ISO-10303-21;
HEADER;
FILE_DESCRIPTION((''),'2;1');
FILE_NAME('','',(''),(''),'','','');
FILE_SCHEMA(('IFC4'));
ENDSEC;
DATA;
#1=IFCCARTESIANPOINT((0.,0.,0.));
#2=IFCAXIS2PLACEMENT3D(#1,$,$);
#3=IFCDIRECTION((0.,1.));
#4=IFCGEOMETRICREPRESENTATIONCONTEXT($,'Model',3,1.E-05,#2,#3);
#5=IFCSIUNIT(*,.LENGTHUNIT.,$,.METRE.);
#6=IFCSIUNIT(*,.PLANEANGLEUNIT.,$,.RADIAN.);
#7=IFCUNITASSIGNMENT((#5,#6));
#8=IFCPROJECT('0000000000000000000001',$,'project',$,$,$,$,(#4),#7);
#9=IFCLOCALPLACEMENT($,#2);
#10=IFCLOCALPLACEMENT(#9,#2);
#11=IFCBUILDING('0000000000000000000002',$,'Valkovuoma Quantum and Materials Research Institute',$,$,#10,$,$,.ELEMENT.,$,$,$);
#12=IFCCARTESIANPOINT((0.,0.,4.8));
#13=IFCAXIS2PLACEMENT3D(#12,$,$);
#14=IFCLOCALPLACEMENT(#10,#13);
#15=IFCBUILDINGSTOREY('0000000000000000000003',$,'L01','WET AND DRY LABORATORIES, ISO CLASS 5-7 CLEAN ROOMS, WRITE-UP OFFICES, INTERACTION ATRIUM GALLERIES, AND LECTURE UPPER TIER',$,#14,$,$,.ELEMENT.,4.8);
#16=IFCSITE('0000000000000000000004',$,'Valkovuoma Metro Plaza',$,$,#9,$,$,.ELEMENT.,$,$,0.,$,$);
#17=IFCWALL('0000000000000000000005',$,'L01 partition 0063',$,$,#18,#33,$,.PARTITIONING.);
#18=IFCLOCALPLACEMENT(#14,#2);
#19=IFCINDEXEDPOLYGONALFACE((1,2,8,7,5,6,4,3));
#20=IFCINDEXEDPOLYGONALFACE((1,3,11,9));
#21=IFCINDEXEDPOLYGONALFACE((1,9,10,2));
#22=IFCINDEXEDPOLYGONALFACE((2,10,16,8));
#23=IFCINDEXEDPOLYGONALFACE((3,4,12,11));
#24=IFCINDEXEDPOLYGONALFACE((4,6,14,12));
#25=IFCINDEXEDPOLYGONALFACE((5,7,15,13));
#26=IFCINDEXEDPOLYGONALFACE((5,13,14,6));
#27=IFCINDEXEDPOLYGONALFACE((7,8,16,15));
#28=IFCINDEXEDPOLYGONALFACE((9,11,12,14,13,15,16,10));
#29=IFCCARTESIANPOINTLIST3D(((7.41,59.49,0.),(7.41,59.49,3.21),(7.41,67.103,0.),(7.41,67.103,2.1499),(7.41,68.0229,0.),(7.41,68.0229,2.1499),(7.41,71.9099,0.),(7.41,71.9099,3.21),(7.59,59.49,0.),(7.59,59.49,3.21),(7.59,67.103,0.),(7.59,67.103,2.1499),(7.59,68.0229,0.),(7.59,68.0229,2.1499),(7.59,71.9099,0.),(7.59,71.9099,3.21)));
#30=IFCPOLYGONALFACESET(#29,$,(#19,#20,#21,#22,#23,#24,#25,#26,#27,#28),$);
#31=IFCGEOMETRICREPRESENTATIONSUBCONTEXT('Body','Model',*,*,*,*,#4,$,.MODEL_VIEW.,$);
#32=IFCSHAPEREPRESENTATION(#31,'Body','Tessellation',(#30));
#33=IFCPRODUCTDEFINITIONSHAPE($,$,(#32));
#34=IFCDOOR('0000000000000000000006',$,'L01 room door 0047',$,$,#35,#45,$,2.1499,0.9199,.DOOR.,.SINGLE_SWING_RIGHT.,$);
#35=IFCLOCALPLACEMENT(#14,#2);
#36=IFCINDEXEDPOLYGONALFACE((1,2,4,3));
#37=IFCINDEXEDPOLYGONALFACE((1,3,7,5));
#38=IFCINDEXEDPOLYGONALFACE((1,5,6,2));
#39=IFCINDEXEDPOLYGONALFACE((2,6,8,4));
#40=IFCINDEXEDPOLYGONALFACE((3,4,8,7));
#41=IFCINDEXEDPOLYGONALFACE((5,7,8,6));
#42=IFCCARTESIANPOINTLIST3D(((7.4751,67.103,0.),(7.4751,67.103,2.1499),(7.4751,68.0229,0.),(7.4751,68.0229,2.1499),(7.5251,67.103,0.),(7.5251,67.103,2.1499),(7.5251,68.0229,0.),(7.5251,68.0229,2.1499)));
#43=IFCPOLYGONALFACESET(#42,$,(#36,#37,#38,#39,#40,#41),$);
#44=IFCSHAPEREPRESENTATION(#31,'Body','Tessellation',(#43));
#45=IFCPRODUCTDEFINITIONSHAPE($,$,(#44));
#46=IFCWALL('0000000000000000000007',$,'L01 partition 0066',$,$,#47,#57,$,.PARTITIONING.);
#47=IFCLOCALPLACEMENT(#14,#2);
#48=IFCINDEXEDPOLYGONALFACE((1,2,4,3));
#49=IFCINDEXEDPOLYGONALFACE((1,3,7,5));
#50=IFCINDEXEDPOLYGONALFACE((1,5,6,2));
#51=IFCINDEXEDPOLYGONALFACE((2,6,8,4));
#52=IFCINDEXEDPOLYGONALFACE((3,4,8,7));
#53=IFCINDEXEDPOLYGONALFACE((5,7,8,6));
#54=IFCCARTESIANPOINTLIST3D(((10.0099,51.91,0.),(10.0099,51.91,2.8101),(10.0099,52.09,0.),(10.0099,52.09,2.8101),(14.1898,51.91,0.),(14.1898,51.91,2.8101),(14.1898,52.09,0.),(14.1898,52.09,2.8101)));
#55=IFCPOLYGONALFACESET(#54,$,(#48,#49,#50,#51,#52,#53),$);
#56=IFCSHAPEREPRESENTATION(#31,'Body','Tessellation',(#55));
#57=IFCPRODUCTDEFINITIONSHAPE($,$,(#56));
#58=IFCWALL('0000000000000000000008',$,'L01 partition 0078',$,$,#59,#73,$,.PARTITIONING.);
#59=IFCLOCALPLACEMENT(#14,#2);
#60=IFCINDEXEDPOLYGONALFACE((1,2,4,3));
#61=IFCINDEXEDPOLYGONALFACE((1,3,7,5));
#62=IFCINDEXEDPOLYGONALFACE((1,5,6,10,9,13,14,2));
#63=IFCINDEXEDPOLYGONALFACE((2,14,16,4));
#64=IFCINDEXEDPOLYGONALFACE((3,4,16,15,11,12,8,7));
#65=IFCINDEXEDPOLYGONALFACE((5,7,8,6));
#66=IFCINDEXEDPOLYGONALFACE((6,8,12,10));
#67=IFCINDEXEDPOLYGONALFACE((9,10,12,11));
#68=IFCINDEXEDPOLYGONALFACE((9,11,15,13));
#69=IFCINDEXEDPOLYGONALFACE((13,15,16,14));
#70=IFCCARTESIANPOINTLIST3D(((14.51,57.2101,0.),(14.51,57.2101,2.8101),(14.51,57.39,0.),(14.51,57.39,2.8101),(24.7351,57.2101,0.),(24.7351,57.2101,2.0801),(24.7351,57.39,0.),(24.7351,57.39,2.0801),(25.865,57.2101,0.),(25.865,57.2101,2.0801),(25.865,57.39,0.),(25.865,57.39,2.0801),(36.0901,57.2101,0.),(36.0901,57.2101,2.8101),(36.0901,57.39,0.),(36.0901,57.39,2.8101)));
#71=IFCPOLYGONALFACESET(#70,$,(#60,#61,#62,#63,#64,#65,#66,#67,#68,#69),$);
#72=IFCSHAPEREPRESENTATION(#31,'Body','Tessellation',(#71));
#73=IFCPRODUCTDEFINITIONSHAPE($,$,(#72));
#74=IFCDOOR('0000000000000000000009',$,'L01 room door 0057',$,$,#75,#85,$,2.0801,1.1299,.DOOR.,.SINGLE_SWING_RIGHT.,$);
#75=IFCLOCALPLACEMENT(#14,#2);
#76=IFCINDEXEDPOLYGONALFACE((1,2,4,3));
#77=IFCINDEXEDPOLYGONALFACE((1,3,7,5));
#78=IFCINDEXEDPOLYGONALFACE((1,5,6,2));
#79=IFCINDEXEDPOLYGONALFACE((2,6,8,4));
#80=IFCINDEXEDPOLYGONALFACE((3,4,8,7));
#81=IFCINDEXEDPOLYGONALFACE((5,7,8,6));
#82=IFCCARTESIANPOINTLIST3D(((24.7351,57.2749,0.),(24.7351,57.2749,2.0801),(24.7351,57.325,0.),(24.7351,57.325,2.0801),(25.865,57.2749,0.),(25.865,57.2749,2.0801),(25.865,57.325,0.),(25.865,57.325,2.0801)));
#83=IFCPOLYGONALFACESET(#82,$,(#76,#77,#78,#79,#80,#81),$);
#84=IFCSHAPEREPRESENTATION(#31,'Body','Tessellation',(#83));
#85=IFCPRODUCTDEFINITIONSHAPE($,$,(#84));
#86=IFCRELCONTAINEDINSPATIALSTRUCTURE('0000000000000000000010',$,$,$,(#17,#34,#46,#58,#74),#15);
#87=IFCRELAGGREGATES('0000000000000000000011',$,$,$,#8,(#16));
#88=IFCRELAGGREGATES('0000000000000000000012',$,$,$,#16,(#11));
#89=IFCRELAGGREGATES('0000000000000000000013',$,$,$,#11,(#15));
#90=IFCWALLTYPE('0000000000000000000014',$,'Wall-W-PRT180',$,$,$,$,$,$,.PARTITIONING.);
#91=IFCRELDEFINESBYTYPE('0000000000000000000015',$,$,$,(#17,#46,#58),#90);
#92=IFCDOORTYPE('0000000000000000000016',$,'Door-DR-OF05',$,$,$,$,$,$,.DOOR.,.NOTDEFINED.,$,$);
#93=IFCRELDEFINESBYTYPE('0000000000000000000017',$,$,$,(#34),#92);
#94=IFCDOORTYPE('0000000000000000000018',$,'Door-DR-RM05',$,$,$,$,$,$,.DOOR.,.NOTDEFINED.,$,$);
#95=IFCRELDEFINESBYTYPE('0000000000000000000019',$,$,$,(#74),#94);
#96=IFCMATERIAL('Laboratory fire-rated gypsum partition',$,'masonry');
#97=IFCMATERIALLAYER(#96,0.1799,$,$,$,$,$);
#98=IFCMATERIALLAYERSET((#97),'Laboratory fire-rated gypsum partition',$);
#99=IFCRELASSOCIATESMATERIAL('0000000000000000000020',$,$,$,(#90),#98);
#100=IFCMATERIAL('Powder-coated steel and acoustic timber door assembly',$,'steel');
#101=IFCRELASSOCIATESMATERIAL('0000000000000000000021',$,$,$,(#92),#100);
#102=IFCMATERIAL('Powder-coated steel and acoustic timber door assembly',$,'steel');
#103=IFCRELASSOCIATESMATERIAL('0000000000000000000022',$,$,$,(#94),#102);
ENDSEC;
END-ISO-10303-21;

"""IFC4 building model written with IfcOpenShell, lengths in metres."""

from ifc_helpers import new_model, si_unit, direction, frame, frame_2d, origin, place, context, subcontext, project, spatial, rectangle, extrude, material, layer, layer_set, type_object, element, fill, save


model = new_model("IFC4")

# Units and contexts
model_context = context("Model", 3, precision=1e-05, world=origin(), true_north=direction((0.0, 1.0)))
body_context = subcontext(model_context, "Body", "Model", "MODEL_VIEW")
ifc_project = project(units=[si_unit("LENGTHUNIT", "METRE"), si_unit("PLANEANGLEUNIT", "RADIAN")], contexts=[model_context])

# Site, building, storey
site_placement = place(None, origin())
site = spatial("IfcSite", under=ifc_project, at=site_placement, Name="Valkovuoma Metro Plaza", CompositionType="ELEMENT", RefElevation=0.0)
building_placement = place(site_placement, origin())
building = spatial("IfcBuilding", under=site, at=building_placement, Name="Valkovuoma Quantum and Materials Research Institute", CompositionType="ELEMENT")
storey_placement = place(building_placement, frame((0.0, 0.0, 4.8)))
storey = spatial("IfcBuildingStorey", under=building, at=storey_placement, Name="L01", Description="WET AND DRY LABORATORIES, ISO CLASS 5-7 CLEAN ROOMS, WRITE-UP OFFICES, INTERACTION ATRIUM GALLERIES, AND LECTURE UPPER TIER", CompositionType="ELEMENT", Elevation=4.8)

# Shared definitions
ifc_material_1 = material(Name="Laboratory fire-rated gypsum partition", Category="masonry")
ifc_layer_1 = layer(ifc_material_1, 0.1799)
ifc_layer_set_1 = layer_set([ifc_layer_1], Name="Laboratory fire-rated gypsum partition")
wall_type_1 = type_object("IfcWallType", Name="Wall-W-PRT180", PredefinedType="PARTITIONING", material=ifc_layer_set_1)

# Wall, opening, door
wall_1_placement = place(storey_placement, frame((7.5, 59.49, 0.0), z_axis=(0.0, 0.0, 1.0), x_axis=(0.0, 1.0, 0.0)))
wall_1 = element("IfcWall", 1, at=wall_1_placement, inside=storey, type_object=wall_type_1, Name="L01 partition 0063", PredefinedType="PARTITIONING", context=body_context, shape_type="SweptSolid", body=[
    extrude(rectangle(XDim=12.4199, YDim=0.1799, at=frame_2d((6.21, 0.0))), origin(), (0.0, 0.0, 1.0), 3.21),
])
opening_1_placement = place(wall_1_placement, frame((7.613, 0.0, 0.0)))
opening_1 = element("IfcOpeningElement", 2, at=opening_1_placement, cuts=wall_1, PredefinedType="OPENING", context=body_context, shape_type="SweptSolid", body=[
    extrude(rectangle(XDim=0.9199, YDim=2.1499, at=frame_2d((0.46, 1.075))), frame((0.0, 0.1001, 0.0), z_axis=(0.0, -1.0, 0.0), x_axis=(1.0, 0.0, 0.0)), (0.0, 0.0, 1.0), 0.2),
])
ifc_material_2 = material(Name="Powder-coated steel and acoustic timber door assembly", Category="steel")
door_type_1 = type_object("IfcDoorType", Name="Door-DR-OF05", OperationType="NOTDEFINED", PredefinedType="DOOR", material=ifc_material_2)
door_1_placement = place(opening_1_placement, origin())
door_1 = element("IfcDoor", 3, at=door_1_placement, inside=storey, type_object=door_type_1, Name="L01 room door 0047", OperationType="SINGLE_SWING_RIGHT", OverallHeight=2.1499, OverallWidth=0.9199, PredefinedType="DOOR", context=body_context, shape_type="SweptSolid", body=[
    extrude(rectangle(XDim=0.9199, YDim=2.1499, at=frame_2d((0.46, 1.075))), frame((0.0, 0.0249, 0.0), z_axis=(0.0, -1.0, 0.0), x_axis=(1.0, 0.0, 0.0)), (0.0, 0.0, 1.0), 0.05),
])
fill(opening_1, door_1)

# Wall
wall_2_placement = place(storey_placement, frame((10.01, 52.0, 0.0), z_axis=(0.0, 0.0, 1.0), x_axis=(1.0, 0.0, 0.0)))
element("IfcWall", 4, at=wall_2_placement, inside=storey, type_object=wall_type_1, Name="L01 partition 0066", PredefinedType="PARTITIONING", context=body_context, shape_type="SweptSolid", body=[
    extrude(rectangle(XDim=4.1799, YDim=0.1799, at=frame_2d((2.0898, 0.0))), origin(), (0.0, 0.0, 1.0), 2.8101),
])

# Wall, opening, door
wall_3_placement = place(storey_placement, frame((14.51, 57.3, 0.0), z_axis=(0.0, 0.0, 1.0), x_axis=(1.0, 0.0, 0.0)))
wall_3 = element("IfcWall", 5, at=wall_3_placement, inside=storey, type_object=wall_type_1, Name="L01 partition 0078", PredefinedType="PARTITIONING", context=body_context, shape_type="SweptSolid", body=[
    extrude(rectangle(XDim=21.5801, YDim=0.1799, at=frame_2d((10.79, 0.0))), origin(), (0.0, 0.0, 1.0), 2.8101),
])
opening_2_placement = place(wall_3_placement, frame((10.2251, 0.0, 0.0)))
opening_2 = element("IfcOpeningElement", 6, at=opening_2_placement, cuts=wall_3, PredefinedType="OPENING", context=body_context, shape_type="SweptSolid", body=[
    extrude(rectangle(XDim=1.1299, YDim=2.0801, at=frame_2d((0.5649, 1.04))), frame((0.0, 0.1001, 0.0), z_axis=(0.0, -1.0, 0.0), x_axis=(1.0, 0.0, 0.0)), (0.0, 0.0, 1.0), 0.2),
])
ifc_material_3 = material(Name="Powder-coated steel and acoustic timber door assembly", Category="steel")
door_type_2 = type_object("IfcDoorType", Name="Door-DR-RM05", OperationType="NOTDEFINED", PredefinedType="DOOR", material=ifc_material_3)
door_2_placement = place(opening_2_placement, origin())
door_2 = element("IfcDoor", 7, at=door_2_placement, inside=storey, type_object=door_type_2, Name="L01 room door 0057", OperationType="SINGLE_SWING_RIGHT", OverallHeight=2.0801, OverallWidth=1.1299, PredefinedType="DOOR", context=body_context, shape_type="SweptSolid", body=[
    extrude(rectangle(XDim=1.1299, YDim=2.0801, at=frame_2d((0.5649, 1.04))), frame((0.0, 0.0249, 0.0), z_axis=(0.0, -1.0, 0.0), x_axis=(1.0, 0.0, 0.0)), (0.0, 0.0, 1.0), 0.05),
])
fill(opening_2, door_2)

save(model, "model.ifc")
